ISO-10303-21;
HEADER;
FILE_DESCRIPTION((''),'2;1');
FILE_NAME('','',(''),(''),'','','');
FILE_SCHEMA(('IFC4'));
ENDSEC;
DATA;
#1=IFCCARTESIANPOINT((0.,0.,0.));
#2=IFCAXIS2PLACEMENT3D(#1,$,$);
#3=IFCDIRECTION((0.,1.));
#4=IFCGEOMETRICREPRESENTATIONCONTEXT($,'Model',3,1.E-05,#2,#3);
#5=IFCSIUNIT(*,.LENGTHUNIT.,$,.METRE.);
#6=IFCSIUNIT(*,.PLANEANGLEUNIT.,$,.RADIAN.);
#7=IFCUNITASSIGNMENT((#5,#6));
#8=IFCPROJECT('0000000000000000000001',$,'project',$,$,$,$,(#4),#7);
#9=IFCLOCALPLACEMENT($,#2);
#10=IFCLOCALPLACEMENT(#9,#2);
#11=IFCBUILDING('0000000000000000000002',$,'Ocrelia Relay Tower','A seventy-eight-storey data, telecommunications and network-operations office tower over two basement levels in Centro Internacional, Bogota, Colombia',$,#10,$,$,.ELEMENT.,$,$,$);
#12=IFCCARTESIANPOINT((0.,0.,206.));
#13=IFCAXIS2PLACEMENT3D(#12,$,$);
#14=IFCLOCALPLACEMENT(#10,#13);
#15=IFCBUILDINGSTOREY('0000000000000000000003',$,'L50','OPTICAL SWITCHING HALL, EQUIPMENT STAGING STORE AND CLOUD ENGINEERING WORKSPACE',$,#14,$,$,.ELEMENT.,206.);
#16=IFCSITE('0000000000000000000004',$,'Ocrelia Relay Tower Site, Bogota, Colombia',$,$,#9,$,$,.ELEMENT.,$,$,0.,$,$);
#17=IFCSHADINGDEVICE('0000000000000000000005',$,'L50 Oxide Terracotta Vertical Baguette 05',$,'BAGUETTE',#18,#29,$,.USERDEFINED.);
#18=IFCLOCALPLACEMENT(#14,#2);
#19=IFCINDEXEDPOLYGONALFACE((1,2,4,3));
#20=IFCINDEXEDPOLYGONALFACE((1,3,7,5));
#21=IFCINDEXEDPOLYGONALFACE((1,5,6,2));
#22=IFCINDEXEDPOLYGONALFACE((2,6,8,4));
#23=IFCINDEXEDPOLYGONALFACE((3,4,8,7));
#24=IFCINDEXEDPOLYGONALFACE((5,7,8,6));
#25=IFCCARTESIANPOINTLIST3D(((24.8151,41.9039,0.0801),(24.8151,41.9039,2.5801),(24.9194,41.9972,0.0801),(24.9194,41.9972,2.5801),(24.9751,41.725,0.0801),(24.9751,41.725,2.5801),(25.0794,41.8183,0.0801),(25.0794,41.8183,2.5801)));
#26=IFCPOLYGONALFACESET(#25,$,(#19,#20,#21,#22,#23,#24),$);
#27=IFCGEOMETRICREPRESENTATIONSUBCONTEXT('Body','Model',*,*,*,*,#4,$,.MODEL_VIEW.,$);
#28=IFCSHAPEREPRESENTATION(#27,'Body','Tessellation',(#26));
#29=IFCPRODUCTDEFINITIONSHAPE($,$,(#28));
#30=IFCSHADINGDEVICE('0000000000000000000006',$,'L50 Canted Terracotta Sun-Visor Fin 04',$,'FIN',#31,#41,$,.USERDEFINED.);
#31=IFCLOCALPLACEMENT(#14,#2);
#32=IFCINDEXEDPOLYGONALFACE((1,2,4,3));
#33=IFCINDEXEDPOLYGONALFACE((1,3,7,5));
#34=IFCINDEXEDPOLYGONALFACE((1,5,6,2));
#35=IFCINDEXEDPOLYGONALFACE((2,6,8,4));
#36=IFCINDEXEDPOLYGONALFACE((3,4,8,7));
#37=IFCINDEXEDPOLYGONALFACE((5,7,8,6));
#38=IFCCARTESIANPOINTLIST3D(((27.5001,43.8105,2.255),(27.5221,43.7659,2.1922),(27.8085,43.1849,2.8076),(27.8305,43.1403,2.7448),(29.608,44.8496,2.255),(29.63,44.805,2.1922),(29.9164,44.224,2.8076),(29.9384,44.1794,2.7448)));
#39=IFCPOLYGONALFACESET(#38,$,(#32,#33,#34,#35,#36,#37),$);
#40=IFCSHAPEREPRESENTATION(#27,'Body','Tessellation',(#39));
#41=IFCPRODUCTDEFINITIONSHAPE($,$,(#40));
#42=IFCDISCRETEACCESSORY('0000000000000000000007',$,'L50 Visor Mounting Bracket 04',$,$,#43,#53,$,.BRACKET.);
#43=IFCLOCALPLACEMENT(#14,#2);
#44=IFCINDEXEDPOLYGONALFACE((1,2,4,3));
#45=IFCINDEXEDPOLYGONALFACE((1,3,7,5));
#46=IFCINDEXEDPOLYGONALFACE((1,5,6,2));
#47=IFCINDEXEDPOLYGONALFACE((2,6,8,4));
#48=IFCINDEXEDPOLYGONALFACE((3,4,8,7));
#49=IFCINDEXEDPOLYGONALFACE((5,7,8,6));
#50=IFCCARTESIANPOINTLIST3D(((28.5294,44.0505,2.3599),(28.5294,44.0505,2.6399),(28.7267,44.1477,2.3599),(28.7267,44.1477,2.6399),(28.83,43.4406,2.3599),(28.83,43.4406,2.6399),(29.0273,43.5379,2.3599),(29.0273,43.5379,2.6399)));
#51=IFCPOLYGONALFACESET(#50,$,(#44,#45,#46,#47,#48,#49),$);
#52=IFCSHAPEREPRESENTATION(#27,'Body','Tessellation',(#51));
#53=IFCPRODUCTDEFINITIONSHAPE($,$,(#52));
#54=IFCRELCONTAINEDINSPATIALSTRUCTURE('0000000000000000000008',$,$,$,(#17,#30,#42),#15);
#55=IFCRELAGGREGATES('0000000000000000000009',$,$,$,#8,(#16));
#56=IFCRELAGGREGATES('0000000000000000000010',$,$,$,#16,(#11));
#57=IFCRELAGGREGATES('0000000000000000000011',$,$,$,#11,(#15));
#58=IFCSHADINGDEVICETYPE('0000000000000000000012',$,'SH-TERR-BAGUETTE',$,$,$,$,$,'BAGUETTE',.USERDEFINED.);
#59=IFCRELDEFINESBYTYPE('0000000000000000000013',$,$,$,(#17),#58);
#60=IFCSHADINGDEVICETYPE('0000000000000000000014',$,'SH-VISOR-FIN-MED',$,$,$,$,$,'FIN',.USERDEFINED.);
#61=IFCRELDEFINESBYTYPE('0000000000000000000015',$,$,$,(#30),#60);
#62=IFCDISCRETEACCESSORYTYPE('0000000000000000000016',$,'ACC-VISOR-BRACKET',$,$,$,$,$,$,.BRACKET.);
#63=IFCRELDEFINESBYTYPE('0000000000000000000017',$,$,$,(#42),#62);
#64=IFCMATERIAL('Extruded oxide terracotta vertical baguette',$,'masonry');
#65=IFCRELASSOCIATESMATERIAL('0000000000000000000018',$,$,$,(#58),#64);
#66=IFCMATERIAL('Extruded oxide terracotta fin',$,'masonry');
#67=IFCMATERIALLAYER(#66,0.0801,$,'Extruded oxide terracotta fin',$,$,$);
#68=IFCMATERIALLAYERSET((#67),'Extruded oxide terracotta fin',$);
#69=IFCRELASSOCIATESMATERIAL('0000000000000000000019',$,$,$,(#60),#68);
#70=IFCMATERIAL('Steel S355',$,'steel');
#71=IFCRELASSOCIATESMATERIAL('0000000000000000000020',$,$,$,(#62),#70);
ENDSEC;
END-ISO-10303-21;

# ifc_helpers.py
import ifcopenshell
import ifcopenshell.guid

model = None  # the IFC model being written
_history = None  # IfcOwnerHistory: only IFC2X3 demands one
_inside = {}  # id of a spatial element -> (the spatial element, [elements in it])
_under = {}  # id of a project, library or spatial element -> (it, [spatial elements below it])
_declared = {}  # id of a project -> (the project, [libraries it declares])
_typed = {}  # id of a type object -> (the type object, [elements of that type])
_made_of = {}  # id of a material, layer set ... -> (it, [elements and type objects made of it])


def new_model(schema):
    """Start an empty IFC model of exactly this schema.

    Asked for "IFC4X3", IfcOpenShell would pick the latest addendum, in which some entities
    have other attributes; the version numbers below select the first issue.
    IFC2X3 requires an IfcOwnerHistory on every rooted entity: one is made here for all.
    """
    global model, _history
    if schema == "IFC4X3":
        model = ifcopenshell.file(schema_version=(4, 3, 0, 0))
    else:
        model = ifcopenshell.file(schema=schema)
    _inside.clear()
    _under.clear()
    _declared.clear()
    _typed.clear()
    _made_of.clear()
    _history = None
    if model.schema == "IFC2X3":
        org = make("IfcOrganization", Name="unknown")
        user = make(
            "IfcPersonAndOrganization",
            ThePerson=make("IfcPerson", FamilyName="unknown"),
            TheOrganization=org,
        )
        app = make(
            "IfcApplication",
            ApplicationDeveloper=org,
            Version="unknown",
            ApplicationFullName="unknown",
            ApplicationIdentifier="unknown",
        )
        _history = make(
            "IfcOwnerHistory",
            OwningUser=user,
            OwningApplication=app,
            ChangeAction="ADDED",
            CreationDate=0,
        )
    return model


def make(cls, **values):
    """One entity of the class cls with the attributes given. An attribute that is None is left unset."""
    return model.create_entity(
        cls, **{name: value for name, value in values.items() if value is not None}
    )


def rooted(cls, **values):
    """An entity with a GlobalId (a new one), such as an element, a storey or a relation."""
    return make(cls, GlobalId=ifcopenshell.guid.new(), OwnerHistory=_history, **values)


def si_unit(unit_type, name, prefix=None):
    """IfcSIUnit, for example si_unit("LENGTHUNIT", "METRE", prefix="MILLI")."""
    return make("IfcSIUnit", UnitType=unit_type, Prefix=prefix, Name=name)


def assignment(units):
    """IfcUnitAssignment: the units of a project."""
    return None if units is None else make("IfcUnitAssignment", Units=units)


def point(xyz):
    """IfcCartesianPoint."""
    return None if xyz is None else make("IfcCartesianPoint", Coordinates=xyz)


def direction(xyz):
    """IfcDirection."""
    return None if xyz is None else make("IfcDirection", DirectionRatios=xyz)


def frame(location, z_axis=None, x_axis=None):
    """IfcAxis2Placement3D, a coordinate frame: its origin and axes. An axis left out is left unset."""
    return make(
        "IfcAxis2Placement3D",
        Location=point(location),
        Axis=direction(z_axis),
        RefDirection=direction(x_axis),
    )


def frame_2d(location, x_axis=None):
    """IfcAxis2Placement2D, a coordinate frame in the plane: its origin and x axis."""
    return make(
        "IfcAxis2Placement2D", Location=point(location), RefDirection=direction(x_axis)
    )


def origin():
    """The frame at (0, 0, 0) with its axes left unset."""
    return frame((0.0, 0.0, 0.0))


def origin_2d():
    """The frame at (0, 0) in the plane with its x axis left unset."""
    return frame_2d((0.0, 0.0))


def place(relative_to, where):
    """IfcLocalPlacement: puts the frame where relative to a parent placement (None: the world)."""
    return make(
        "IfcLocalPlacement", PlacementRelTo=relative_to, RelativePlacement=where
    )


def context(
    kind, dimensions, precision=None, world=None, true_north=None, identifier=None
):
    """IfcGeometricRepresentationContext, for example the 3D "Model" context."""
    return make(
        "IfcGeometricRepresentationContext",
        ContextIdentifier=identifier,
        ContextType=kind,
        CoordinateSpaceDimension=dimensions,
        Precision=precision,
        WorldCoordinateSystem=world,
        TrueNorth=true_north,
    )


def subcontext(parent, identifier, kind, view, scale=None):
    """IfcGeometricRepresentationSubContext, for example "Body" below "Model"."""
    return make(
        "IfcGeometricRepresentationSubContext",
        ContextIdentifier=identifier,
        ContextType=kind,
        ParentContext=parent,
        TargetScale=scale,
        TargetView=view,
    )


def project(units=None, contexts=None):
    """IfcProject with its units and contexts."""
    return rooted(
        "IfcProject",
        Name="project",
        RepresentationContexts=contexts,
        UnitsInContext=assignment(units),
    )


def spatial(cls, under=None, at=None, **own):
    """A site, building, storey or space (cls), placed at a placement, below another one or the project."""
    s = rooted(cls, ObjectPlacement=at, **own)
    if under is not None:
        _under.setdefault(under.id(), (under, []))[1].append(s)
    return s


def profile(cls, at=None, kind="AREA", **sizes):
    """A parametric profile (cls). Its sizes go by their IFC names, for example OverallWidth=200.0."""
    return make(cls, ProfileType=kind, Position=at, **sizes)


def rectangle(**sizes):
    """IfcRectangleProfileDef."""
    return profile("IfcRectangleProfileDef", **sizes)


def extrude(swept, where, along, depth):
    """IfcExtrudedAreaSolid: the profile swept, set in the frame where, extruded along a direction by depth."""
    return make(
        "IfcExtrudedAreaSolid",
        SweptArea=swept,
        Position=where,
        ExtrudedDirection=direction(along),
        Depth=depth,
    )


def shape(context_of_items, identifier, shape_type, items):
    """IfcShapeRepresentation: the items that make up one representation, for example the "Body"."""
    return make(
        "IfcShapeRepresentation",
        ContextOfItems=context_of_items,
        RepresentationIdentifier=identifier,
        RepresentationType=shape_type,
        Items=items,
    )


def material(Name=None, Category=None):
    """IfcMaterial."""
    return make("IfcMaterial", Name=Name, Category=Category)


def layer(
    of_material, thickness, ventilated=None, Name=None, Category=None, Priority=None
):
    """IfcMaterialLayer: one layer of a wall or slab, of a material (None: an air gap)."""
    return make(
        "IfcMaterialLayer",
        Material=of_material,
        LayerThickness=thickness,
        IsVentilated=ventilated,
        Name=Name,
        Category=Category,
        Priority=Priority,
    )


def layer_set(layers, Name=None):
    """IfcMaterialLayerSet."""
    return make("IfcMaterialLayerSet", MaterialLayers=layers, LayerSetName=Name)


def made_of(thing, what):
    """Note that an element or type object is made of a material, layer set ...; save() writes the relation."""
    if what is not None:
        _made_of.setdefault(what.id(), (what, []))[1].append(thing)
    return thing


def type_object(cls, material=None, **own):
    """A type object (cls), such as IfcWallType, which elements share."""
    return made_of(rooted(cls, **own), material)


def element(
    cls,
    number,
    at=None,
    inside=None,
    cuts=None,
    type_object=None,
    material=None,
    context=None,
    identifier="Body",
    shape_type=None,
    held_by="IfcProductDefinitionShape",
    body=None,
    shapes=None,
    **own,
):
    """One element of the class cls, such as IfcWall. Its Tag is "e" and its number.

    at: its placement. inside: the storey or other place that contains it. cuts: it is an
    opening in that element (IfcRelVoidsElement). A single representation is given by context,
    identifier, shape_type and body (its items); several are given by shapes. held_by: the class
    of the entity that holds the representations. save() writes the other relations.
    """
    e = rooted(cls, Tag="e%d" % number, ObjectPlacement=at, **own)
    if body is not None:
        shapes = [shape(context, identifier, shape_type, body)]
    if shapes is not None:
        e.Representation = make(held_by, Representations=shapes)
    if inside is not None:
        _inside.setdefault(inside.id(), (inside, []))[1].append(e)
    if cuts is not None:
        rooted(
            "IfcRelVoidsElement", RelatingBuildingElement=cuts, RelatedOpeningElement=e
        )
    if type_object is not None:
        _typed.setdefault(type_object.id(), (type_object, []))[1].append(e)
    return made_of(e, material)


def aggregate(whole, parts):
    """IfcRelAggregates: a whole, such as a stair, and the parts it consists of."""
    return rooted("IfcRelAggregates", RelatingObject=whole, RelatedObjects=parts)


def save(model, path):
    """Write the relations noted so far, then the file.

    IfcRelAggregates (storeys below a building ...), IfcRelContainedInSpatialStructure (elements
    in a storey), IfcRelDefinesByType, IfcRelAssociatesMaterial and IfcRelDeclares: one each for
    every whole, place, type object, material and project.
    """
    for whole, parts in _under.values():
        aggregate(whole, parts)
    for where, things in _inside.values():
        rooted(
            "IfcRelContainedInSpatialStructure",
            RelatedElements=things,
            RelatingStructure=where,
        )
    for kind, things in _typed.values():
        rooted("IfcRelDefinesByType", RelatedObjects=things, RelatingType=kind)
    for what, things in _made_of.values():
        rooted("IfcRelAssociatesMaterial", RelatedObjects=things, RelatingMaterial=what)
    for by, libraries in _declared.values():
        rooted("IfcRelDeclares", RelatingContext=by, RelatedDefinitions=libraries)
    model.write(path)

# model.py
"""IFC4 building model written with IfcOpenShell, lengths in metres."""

from ifc_helpers import new_model, si_unit, direction, frame, origin, origin_2d, place, context, subcontext, project, spatial, rectangle, extrude, material, layer, layer_set, type_object, element, save


model = new_model("IFC4")

# Units and contexts
model_context = context("Model", 3, precision=1e-05, world=origin(), true_north=direction((0.0, 1.0)))
body_context = subcontext(model_context, "Body", "Model", "MODEL_VIEW")
ifc_project = project(units=[si_unit("LENGTHUNIT", "METRE"), si_unit("PLANEANGLEUNIT", "RADIAN")], contexts=[model_context])

# Site, building, storey
site_placement = place(None, origin())
site = spatial("IfcSite", under=ifc_project, at=site_placement, Name="Ocrelia Relay Tower Site, Bogota, Colombia", CompositionType="ELEMENT", RefElevation=0.0)
building_placement = place(site_placement, origin())
building = spatial("IfcBuilding", under=site, at=building_placement, Name="Ocrelia Relay Tower", Description="A seventy-eight-storey data, telecommunications and network-operations office tower over two basement levels in Centro Internacional, Bogota, Colombia", CompositionType="ELEMENT")
storey_placement = place(building_placement, frame((0.0, 0.0, 206.0)))
storey = spatial("IfcBuildingStorey", under=building, at=storey_placement, Name="L50", Description="OPTICAL SWITCHING HALL, EQUIPMENT STAGING STORE AND CLOUD ENGINEERING WORKSPACE", CompositionType="ELEMENT", Elevation=206.0)

# Shared definitions
ifc_material_1 = material(Name="Steel S355", Category="steel")

# Shading devices
ifc_material_2 = material(Name="Extruded oxide terracotta vertical baguette", Category="masonry")
shading_device_type_1 = type_object("IfcShadingDeviceType", Name="SH-TERR-BAGUETTE", ElementType="BAGUETTE", PredefinedType="USERDEFINED", material=ifc_material_2)
shading_device_1_placement = place(storey_placement, frame((24.9473, 41.8611, 0.0801), z_axis=(0.0, 0.0, 1.0), x_axis=(-0.745473, -0.666536, 0.0)))
element("IfcShadingDevice", 1, at=shading_device_1_placement, inside=storey, type_object=shading_device_type_1, Name="L50 Oxide Terracotta Vertical Baguette 05", ObjectType="BAGUETTE", PredefinedType="USERDEFINED", context=body_context, shape_type="SweptSolid", body=[
    extrude(rectangle(XDim=0.1399, YDim=0.24, at=origin_2d()), origin(), (0.0, 0.0, 1.0), 2.5),
])
ifc_material_3 = material(Name="Extruded oxide terracotta fin", Category="masonry")
ifc_layer_1 = layer(ifc_material_3, 0.0801, Name="Extruded oxide terracotta fin")
ifc_layer_set_1 = layer_set([ifc_layer_1], Name="Extruded oxide terracotta fin")
shading_device_type_2 = type_object("IfcShadingDeviceType", Name="SH-VISOR-FIN-MED", ElementType="FIN", PredefinedType="USERDEFINED", material=ifc_layer_set_1)
shading_device_2_placement = place(storey_placement, frame((28.7302, 43.9727, 2.4685), z_axis=(-0.274583, 0.557009, 0.783802), x_axis=(-0.896938, -0.442155, 0.0)))
element("IfcShadingDevice", 2, at=shading_device_2_placement, inside=storey, type_object=shading_device_type_2, Name="L50 Canted Terracotta Sun-Visor Fin 04", ObjectType="FIN", PredefinedType="USERDEFINED", context=body_context, shape_type="SweptSolid", body=[
    extrude(rectangle(XDim=2.3501, YDim=0.8899, at=origin_2d()), origin(), (0.0, 0.0, 1.0), 0.0801),
])

# Discrete accessory
discrete_accessory_type = type_object("IfcDiscreteAccessoryType", Name="ACC-VISOR-BRACKET", PredefinedType="BRACKET", material=ifc_material_1)
discrete_accessory_placement = place(storey_placement, frame((28.7783, 43.7942, 2.3599), z_axis=(0.0, 0.0, 1.0), x_axis=(-0.896938, -0.442155, 0.0)))
element("IfcDiscreteAccessory", 3, at=discrete_accessory_placement, inside=storey, type_object=discrete_accessory_type, Name="L50 Visor Mounting Bracket 04", PredefinedType="BRACKET", context=body_context, shape_type="SweptSolid", body=[
    extrude(rectangle(XDim=0.22, YDim=0.6799, at=origin_2d()), origin(), (0.0, 0.0, 1.0), 0.28),
])

save(model, "model.ifc")
